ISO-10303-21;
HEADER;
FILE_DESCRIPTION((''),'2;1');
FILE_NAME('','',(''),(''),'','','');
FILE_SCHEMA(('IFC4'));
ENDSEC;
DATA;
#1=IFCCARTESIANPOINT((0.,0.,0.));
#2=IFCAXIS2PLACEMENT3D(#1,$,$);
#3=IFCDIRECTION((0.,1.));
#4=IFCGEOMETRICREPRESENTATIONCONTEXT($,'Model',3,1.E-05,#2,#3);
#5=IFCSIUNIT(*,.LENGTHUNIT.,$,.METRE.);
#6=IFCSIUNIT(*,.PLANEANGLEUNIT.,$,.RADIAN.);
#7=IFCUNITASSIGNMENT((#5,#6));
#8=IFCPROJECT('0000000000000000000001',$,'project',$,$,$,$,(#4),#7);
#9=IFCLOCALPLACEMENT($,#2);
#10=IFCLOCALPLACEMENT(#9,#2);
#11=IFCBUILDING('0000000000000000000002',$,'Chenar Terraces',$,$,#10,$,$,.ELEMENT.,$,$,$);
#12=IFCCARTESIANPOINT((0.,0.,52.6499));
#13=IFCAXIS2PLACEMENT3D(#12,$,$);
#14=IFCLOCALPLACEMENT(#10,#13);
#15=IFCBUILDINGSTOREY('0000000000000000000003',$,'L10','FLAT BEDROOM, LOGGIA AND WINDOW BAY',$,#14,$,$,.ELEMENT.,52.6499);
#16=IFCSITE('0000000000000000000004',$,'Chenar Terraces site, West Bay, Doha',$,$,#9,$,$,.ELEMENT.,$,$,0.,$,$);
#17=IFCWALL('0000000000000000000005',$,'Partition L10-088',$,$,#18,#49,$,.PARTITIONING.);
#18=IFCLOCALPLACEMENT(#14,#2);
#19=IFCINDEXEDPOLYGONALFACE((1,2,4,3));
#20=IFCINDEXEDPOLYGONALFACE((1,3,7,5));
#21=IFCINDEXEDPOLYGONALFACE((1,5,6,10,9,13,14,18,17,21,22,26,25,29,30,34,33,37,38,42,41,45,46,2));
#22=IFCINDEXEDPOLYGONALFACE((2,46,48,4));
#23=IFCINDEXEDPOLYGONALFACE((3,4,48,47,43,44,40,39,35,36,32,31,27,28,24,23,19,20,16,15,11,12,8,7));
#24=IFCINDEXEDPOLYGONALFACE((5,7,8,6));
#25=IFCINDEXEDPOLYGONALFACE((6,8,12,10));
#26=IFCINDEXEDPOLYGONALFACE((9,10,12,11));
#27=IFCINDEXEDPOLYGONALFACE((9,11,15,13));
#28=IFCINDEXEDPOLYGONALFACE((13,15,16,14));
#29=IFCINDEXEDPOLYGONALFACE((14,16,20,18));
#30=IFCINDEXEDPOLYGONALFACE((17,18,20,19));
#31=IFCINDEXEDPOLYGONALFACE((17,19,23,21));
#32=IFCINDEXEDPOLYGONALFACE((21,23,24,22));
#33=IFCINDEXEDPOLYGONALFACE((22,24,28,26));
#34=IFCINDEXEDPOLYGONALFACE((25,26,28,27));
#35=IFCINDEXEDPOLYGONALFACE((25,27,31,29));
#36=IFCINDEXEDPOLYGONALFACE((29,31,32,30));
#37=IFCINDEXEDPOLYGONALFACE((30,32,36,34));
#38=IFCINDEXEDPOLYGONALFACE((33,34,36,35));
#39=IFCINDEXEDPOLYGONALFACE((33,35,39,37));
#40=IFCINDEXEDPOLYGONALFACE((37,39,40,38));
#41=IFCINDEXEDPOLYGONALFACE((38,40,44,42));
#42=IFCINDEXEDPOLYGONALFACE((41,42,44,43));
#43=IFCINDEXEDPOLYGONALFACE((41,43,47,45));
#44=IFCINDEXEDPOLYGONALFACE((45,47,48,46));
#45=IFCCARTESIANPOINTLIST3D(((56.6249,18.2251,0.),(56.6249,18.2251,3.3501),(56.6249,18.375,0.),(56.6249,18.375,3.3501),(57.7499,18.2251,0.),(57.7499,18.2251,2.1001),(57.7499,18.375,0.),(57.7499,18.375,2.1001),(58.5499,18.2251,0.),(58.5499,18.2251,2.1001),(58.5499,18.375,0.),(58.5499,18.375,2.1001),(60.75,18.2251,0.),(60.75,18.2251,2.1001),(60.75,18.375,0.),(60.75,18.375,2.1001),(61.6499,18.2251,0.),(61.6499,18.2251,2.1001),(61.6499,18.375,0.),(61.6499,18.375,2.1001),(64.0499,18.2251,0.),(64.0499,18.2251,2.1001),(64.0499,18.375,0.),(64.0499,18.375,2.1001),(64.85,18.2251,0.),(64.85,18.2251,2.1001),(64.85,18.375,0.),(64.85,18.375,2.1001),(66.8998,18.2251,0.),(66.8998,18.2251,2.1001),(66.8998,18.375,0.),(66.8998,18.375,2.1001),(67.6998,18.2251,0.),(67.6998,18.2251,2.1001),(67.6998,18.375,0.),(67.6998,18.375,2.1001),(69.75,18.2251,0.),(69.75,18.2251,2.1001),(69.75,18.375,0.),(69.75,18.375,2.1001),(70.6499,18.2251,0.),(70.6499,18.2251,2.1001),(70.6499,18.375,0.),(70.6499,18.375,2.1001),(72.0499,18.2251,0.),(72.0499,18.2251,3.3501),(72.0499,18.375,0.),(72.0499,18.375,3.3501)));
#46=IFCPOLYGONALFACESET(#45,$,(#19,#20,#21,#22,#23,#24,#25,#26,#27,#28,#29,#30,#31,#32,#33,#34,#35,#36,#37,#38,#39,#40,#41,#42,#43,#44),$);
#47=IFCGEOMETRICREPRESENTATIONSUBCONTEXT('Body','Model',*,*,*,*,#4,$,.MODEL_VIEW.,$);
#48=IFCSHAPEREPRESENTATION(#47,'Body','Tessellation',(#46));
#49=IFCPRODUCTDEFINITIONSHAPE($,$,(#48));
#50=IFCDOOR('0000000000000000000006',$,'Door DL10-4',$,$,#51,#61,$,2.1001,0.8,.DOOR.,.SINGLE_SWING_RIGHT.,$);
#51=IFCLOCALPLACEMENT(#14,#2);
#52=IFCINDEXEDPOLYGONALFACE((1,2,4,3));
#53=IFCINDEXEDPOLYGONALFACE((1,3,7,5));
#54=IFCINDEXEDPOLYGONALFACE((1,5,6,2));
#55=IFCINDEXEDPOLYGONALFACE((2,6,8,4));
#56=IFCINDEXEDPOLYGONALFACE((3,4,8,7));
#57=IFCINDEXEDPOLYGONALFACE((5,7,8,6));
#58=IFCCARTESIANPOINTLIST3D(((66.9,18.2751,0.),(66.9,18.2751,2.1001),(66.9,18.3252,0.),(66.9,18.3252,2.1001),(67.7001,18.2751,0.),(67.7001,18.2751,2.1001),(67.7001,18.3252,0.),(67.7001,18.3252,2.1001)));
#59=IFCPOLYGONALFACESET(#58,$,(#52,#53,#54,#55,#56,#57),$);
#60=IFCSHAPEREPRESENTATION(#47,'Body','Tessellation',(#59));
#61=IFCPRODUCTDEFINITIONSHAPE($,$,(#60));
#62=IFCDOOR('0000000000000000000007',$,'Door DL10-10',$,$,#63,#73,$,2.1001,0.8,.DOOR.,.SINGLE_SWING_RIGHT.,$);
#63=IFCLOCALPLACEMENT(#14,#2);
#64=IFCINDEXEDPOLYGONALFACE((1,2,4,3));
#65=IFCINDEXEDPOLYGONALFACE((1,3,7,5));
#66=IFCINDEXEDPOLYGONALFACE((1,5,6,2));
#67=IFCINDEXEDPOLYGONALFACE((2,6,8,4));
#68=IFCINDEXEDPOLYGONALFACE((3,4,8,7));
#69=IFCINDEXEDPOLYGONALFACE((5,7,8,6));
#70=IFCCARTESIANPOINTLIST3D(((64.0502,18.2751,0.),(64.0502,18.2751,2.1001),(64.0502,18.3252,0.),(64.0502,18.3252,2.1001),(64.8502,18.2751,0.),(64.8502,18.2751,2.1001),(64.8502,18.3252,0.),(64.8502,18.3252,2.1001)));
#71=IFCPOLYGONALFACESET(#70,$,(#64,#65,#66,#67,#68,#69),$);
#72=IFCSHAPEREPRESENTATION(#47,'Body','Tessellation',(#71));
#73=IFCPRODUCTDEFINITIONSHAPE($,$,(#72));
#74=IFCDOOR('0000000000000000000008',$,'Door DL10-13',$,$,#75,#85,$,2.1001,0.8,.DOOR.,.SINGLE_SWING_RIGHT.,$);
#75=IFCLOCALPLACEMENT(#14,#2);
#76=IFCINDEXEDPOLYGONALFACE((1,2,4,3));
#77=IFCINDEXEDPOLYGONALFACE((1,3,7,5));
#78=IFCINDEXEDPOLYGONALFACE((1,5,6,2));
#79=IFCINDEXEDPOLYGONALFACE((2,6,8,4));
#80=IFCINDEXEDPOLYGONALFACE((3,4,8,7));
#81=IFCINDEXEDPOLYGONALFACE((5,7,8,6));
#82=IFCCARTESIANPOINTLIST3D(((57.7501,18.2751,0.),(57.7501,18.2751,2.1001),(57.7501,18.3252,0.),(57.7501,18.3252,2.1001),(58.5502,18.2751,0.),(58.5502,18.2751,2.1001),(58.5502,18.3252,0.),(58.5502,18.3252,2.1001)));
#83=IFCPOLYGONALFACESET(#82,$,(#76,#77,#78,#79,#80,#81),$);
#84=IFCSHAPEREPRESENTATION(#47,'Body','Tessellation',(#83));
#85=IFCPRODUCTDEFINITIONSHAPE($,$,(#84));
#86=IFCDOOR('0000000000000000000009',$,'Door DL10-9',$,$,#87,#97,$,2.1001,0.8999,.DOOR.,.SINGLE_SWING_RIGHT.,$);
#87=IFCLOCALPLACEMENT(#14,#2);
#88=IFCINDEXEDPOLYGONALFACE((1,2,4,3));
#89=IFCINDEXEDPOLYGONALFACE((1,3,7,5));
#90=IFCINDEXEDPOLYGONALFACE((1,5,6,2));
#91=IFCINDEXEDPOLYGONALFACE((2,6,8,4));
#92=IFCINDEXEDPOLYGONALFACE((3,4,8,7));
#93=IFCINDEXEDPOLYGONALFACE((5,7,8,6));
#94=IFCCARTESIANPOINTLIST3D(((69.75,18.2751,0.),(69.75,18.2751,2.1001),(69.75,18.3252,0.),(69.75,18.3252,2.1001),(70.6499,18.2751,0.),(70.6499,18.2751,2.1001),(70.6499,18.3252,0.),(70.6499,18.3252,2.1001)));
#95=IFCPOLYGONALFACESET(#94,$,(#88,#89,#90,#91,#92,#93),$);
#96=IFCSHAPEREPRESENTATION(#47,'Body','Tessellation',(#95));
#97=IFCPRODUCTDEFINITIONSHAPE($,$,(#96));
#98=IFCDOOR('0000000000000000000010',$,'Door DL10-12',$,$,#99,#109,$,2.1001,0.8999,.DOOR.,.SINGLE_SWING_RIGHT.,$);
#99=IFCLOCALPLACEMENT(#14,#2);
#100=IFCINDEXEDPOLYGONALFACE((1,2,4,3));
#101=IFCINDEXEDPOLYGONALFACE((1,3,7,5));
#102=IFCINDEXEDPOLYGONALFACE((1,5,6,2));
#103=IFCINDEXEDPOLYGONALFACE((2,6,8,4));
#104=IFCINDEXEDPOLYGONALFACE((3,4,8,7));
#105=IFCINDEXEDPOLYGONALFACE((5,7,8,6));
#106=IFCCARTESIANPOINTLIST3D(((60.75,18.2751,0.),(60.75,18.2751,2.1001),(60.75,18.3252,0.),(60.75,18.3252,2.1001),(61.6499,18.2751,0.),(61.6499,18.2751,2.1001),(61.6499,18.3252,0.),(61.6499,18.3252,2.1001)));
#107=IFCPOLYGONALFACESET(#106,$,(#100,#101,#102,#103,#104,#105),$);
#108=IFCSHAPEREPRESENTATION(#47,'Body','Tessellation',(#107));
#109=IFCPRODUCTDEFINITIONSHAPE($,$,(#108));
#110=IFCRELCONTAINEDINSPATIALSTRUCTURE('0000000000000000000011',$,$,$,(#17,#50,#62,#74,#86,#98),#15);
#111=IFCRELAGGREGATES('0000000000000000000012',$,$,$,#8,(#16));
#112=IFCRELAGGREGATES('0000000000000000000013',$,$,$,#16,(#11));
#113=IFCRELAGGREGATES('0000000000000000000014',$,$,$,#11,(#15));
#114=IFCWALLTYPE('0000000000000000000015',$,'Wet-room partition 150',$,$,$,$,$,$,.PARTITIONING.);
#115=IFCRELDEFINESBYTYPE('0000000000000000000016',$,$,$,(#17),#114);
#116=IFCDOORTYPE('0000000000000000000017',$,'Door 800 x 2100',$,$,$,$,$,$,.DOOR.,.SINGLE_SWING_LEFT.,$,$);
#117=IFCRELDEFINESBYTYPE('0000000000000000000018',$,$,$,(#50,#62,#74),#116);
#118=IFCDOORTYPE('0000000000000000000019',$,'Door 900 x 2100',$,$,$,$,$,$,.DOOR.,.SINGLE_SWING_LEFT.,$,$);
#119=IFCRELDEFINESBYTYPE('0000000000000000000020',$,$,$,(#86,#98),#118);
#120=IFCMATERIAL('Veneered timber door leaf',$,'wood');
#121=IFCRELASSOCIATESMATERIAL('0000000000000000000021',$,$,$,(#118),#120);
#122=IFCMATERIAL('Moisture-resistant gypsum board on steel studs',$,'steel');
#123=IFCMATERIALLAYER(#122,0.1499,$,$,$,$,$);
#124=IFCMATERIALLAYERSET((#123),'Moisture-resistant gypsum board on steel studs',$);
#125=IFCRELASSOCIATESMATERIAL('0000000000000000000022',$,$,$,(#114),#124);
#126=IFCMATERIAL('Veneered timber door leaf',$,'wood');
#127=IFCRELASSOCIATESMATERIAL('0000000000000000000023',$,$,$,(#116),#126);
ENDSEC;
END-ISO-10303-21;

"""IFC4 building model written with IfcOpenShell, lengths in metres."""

from ifc_helpers import new_model, si_unit, direction, frame, frame_2d, origin, place, context, subcontext, project, spatial, rectangle, extrude, material, layer, layer_set, type_object, element, fill, save


model = new_model("IFC4")

# Units and contexts
model_context = context("Model", 3, precision=1e-05, world=origin(), true_north=direction((0.0, 1.0)))
body_context = subcontext(model_context, "Body", "Model", "MODEL_VIEW")
ifc_project = project(units=[si_unit("LENGTHUNIT", "METRE"), si_unit("PLANEANGLEUNIT", "RADIAN")], contexts=[model_context])

# Site, building, storey
site_placement = place(None, origin())
site = spatial("IfcSite", under=ifc_project, at=site_placement, Name="Chenar Terraces site, West Bay, Doha", CompositionType="ELEMENT", RefElevation=0.0)
building_placement = place(site_placement, origin())
building = spatial("IfcBuilding", under=site, at=building_placement, Name="Chenar Terraces", CompositionType="ELEMENT")
storey_placement = place(building_placement, frame((0.0, 0.0, 52.6499)))
storey = spatial("IfcBuildingStorey", under=building, at=storey_placement, Name="L10", Description="FLAT BEDROOM, LOGGIA AND WINDOW BAY", CompositionType="ELEMENT", Elevation=52.6499)

# Shared definitions
ifc_material_1 = material(Name="Veneered timber door leaf", Category="wood")
door_type_1 = type_object("IfcDoorType", Name="Door 900 x 2100", OperationType="SINGLE_SWING_LEFT", PredefinedType="DOOR", material=ifc_material_1)

# Wall, openings, doors
ifc_material_2 = material(Name="Moisture-resistant gypsum board on steel studs", Category="steel")
ifc_layer_1 = layer(ifc_material_2, 0.1499)
ifc_layer_set_1 = layer_set([ifc_layer_1], Name="Moisture-resistant gypsum board on steel studs")
wall_type_1 = type_object("IfcWallType", Name="Wet-room partition 150", PredefinedType="PARTITIONING", material=ifc_layer_set_1)
wall_1_placement = place(storey_placement, frame((56.625, 18.3, 0.0), z_axis=(0.0, 0.0, 1.0), x_axis=(1.0, 0.0, 0.0)))
wall_1 = element("IfcWall", 1, at=wall_1_placement, inside=storey, type_object=wall_type_1, Name="Partition L10-088", PredefinedType="PARTITIONING", context=body_context, shape_type="SweptSolid", body=[
    extrude(rectangle(XDim=15.425, YDim=0.1499, at=frame_2d((7.7124, 0.0))), origin(), (0.0, 0.0, 1.0), 3.3501),
])
opening_1_placement = place(wall_1_placement, frame((10.2749, 0.0, 0.0)))
opening_1 = element("IfcOpeningElement", 2, at=opening_1_placement, cuts=wall_1, PredefinedType="OPENING", context=body_context, shape_type="SweptSolid", body=[
    extrude(rectangle(XDim=0.8, YDim=2.1001, at=frame_2d((0.3999, 1.05))), frame((0.0, 0.085, 0.0), z_axis=(0.0, -1.0, 0.0), x_axis=(1.0, 0.0, 0.0)), (0.0, 0.0, 1.0), 0.1699),
])
opening_2_placement = place(wall_1_placement, frame((13.125, 0.0, 0.0)))
opening_2 = element("IfcOpeningElement", 3, at=opening_2_placement, cuts=wall_1, PredefinedType="OPENING", context=body_context, shape_type="SweptSolid", body=[
    extrude(rectangle(XDim=0.8999, YDim=2.1001, at=frame_2d((0.45, 1.05))), frame((0.0, 0.085, 0.0), z_axis=(0.0, -1.0, 0.0), x_axis=(1.0, 0.0, 0.0)), (0.0, 0.0, 1.0), 0.1699),
])
opening_3_placement = place(wall_1_placement, frame((7.425, 0.0, 0.0)))
opening_3 = element("IfcOpeningElement", 4, at=opening_3_placement, cuts=wall_1, PredefinedType="OPENING", context=body_context, shape_type="SweptSolid", body=[
    extrude(rectangle(XDim=0.8, YDim=2.1001, at=frame_2d((0.3999, 1.05))), frame((0.0, 0.085, 0.0), z_axis=(0.0, -1.0, 0.0), x_axis=(1.0, 0.0, 0.0)), (0.0, 0.0, 1.0), 0.1699),
])
opening_4_placement = place(wall_1_placement, frame((4.125, 0.0, 0.0)))
opening_4 = element("IfcOpeningElement", 5, at=opening_4_placement, cuts=wall_1, PredefinedType="OPENING", context=body_context, shape_type="SweptSolid", body=[
    extrude(rectangle(XDim=0.8999, YDim=2.1001, at=frame_2d((0.45, 1.05))), frame((0.0, 0.085, 0.0), z_axis=(0.0, -1.0, 0.0), x_axis=(1.0, 0.0, 0.0)), (0.0, 0.0, 1.0), 0.1699),
])
opening_5_placement = place(wall_1_placement, frame((1.125, 0.0, 0.0)))
opening_5 = element("IfcOpeningElement", 6, at=opening_5_placement, cuts=wall_1, PredefinedType="OPENING", context=body_context, shape_type="SweptSolid", body=[
    extrude(rectangle(XDim=0.8, YDim=2.1001, at=frame_2d((0.3999, 1.05))), frame((0.0, 0.085, 0.0), z_axis=(0.0, -1.0, 0.0), x_axis=(1.0, 0.0, 0.0)), (0.0, 0.0, 1.0), 0.1699),
])
ifc_material_3 = material(Name="Veneered timber door leaf", Category="wood")
door_type_2 = type_object("IfcDoorType", Name="Door 800 x 2100", OperationType="SINGLE_SWING_LEFT", PredefinedType="DOOR", material=ifc_material_3)
door_1_placement = place(opening_1_placement, frame((0.8, 0.0, 0.0), z_axis=(0.0, 0.0, 1.0), x_axis=(-1.0, 0.0, 0.0)))
door_1 = element("IfcDoor", 7, at=door_1_placement, inside=storey, type_object=door_type_2, Name="Door DL10-4", OperationType="SINGLE_SWING_RIGHT", OverallHeight=2.1001, OverallWidth=0.8, PredefinedType="DOOR", context=body_context, shape_type="SweptSolid", body=[
    extrude(rectangle(XDim=0.8, YDim=2.1001, at=frame_2d((0.3999, 1.05))), frame((0.0, 0.0249, 0.0), z_axis=(0.0, -1.0, 0.0), x_axis=(1.0, 0.0, 0.0)), (0.0, 0.0, 1.0), 0.05),
])
fill(opening_1, door_1)
door_2_placement = place(opening_3_placement, frame((0.8, 0.0, 0.0), z_axis=(0.0, 0.0, 1.0), x_axis=(-1.0, 0.0, 0.0)))
door_2 = element("IfcDoor", 8, at=door_2_placement, inside=storey, type_object=door_type_2, Name="Door DL10-10", OperationType="SINGLE_SWING_RIGHT", OverallHeight=2.1001, OverallWidth=0.8, PredefinedType="DOOR", context=body_context, shape_type="SweptSolid", body=[
    extrude(rectangle(XDim=0.8, YDim=2.1001, at=frame_2d((0.3999, 1.05))), frame((0.0, 0.0249, 0.0), z_axis=(0.0, -1.0, 0.0), x_axis=(1.0, 0.0, 0.0)), (0.0, 0.0, 1.0), 0.05),
])
fill(opening_3, door_2)
door_3_placement = place(opening_5_placement, frame((0.8, 0.0, 0.0), z_axis=(0.0, 0.0, 1.0), x_axis=(-1.0, 0.0, 0.0)))
door_3 = element("IfcDoor", 9, at=door_3_placement, inside=storey, type_object=door_type_2, Name="Door DL10-13", OperationType="SINGLE_SWING_RIGHT", OverallHeight=2.1001, OverallWidth=0.8, PredefinedType="DOOR", context=body_context, shape_type="SweptSolid", body=[
    extrude(rectangle(XDim=0.8, YDim=2.1001, at=frame_2d((0.3999, 1.05))), frame((0.0, 0.0249, 0.0), z_axis=(0.0, -1.0, 0.0), x_axis=(1.0, 0.0, 0.0)), (0.0, 0.0, 1.0), 0.05),
])
fill(opening_5, door_3)
door_4_placement = place(opening_2_placement, frame((0.8999, 0.0, 0.0), z_axis=(0.0, 0.0, 1.0), x_axis=(-1.0, 0.0, 0.0)))
door_4 = element("IfcDoor", 10, at=door_4_placement, inside=storey, type_object=door_type_1, Name="Door DL10-9", OperationType="SINGLE_SWING_RIGHT", OverallHeight=2.1001, OverallWidth=0.8999, PredefinedType="DOOR", context=body_context, shape_type="SweptSolid", body=[
    extrude(rectangle(XDim=0.8999, YDim=2.1001, at=frame_2d((0.45, 1.05))), frame((0.0, 0.0249, 0.0), z_axis=(0.0, -1.0, 0.0), x_axis=(1.0, 0.0, 0.0)), (0.0, 0.0, 1.0), 0.05),
])
fill(opening_2, door_4)
door_5_placement = place(opening_4_placement, frame((0.8999, 0.0, 0.0), z_axis=(0.0, 0.0, 1.0), x_axis=(-1.0, 0.0, 0.0)))
door_5 = element("IfcDoor", 11, at=door_5_placement, inside=storey, type_object=door_type_1, Name="Door DL10-12", OperationType="SINGLE_SWING_RIGHT", OverallHeight=2.1001, OverallWidth=0.8999, PredefinedType="DOOR", context=body_context, shape_type="SweptSolid", body=[
    extrude(rectangle(XDim=0.8999, YDim=2.1001, at=frame_2d((0.45, 1.05))), frame((0.0, 0.0249, 0.0), z_axis=(0.0, -1.0, 0.0), x_axis=(1.0, 0.0, 0.0)), (0.0, 0.0, 1.0), 0.05),
])
fill(opening_4, door_5)

save(model, "model.ifc")
